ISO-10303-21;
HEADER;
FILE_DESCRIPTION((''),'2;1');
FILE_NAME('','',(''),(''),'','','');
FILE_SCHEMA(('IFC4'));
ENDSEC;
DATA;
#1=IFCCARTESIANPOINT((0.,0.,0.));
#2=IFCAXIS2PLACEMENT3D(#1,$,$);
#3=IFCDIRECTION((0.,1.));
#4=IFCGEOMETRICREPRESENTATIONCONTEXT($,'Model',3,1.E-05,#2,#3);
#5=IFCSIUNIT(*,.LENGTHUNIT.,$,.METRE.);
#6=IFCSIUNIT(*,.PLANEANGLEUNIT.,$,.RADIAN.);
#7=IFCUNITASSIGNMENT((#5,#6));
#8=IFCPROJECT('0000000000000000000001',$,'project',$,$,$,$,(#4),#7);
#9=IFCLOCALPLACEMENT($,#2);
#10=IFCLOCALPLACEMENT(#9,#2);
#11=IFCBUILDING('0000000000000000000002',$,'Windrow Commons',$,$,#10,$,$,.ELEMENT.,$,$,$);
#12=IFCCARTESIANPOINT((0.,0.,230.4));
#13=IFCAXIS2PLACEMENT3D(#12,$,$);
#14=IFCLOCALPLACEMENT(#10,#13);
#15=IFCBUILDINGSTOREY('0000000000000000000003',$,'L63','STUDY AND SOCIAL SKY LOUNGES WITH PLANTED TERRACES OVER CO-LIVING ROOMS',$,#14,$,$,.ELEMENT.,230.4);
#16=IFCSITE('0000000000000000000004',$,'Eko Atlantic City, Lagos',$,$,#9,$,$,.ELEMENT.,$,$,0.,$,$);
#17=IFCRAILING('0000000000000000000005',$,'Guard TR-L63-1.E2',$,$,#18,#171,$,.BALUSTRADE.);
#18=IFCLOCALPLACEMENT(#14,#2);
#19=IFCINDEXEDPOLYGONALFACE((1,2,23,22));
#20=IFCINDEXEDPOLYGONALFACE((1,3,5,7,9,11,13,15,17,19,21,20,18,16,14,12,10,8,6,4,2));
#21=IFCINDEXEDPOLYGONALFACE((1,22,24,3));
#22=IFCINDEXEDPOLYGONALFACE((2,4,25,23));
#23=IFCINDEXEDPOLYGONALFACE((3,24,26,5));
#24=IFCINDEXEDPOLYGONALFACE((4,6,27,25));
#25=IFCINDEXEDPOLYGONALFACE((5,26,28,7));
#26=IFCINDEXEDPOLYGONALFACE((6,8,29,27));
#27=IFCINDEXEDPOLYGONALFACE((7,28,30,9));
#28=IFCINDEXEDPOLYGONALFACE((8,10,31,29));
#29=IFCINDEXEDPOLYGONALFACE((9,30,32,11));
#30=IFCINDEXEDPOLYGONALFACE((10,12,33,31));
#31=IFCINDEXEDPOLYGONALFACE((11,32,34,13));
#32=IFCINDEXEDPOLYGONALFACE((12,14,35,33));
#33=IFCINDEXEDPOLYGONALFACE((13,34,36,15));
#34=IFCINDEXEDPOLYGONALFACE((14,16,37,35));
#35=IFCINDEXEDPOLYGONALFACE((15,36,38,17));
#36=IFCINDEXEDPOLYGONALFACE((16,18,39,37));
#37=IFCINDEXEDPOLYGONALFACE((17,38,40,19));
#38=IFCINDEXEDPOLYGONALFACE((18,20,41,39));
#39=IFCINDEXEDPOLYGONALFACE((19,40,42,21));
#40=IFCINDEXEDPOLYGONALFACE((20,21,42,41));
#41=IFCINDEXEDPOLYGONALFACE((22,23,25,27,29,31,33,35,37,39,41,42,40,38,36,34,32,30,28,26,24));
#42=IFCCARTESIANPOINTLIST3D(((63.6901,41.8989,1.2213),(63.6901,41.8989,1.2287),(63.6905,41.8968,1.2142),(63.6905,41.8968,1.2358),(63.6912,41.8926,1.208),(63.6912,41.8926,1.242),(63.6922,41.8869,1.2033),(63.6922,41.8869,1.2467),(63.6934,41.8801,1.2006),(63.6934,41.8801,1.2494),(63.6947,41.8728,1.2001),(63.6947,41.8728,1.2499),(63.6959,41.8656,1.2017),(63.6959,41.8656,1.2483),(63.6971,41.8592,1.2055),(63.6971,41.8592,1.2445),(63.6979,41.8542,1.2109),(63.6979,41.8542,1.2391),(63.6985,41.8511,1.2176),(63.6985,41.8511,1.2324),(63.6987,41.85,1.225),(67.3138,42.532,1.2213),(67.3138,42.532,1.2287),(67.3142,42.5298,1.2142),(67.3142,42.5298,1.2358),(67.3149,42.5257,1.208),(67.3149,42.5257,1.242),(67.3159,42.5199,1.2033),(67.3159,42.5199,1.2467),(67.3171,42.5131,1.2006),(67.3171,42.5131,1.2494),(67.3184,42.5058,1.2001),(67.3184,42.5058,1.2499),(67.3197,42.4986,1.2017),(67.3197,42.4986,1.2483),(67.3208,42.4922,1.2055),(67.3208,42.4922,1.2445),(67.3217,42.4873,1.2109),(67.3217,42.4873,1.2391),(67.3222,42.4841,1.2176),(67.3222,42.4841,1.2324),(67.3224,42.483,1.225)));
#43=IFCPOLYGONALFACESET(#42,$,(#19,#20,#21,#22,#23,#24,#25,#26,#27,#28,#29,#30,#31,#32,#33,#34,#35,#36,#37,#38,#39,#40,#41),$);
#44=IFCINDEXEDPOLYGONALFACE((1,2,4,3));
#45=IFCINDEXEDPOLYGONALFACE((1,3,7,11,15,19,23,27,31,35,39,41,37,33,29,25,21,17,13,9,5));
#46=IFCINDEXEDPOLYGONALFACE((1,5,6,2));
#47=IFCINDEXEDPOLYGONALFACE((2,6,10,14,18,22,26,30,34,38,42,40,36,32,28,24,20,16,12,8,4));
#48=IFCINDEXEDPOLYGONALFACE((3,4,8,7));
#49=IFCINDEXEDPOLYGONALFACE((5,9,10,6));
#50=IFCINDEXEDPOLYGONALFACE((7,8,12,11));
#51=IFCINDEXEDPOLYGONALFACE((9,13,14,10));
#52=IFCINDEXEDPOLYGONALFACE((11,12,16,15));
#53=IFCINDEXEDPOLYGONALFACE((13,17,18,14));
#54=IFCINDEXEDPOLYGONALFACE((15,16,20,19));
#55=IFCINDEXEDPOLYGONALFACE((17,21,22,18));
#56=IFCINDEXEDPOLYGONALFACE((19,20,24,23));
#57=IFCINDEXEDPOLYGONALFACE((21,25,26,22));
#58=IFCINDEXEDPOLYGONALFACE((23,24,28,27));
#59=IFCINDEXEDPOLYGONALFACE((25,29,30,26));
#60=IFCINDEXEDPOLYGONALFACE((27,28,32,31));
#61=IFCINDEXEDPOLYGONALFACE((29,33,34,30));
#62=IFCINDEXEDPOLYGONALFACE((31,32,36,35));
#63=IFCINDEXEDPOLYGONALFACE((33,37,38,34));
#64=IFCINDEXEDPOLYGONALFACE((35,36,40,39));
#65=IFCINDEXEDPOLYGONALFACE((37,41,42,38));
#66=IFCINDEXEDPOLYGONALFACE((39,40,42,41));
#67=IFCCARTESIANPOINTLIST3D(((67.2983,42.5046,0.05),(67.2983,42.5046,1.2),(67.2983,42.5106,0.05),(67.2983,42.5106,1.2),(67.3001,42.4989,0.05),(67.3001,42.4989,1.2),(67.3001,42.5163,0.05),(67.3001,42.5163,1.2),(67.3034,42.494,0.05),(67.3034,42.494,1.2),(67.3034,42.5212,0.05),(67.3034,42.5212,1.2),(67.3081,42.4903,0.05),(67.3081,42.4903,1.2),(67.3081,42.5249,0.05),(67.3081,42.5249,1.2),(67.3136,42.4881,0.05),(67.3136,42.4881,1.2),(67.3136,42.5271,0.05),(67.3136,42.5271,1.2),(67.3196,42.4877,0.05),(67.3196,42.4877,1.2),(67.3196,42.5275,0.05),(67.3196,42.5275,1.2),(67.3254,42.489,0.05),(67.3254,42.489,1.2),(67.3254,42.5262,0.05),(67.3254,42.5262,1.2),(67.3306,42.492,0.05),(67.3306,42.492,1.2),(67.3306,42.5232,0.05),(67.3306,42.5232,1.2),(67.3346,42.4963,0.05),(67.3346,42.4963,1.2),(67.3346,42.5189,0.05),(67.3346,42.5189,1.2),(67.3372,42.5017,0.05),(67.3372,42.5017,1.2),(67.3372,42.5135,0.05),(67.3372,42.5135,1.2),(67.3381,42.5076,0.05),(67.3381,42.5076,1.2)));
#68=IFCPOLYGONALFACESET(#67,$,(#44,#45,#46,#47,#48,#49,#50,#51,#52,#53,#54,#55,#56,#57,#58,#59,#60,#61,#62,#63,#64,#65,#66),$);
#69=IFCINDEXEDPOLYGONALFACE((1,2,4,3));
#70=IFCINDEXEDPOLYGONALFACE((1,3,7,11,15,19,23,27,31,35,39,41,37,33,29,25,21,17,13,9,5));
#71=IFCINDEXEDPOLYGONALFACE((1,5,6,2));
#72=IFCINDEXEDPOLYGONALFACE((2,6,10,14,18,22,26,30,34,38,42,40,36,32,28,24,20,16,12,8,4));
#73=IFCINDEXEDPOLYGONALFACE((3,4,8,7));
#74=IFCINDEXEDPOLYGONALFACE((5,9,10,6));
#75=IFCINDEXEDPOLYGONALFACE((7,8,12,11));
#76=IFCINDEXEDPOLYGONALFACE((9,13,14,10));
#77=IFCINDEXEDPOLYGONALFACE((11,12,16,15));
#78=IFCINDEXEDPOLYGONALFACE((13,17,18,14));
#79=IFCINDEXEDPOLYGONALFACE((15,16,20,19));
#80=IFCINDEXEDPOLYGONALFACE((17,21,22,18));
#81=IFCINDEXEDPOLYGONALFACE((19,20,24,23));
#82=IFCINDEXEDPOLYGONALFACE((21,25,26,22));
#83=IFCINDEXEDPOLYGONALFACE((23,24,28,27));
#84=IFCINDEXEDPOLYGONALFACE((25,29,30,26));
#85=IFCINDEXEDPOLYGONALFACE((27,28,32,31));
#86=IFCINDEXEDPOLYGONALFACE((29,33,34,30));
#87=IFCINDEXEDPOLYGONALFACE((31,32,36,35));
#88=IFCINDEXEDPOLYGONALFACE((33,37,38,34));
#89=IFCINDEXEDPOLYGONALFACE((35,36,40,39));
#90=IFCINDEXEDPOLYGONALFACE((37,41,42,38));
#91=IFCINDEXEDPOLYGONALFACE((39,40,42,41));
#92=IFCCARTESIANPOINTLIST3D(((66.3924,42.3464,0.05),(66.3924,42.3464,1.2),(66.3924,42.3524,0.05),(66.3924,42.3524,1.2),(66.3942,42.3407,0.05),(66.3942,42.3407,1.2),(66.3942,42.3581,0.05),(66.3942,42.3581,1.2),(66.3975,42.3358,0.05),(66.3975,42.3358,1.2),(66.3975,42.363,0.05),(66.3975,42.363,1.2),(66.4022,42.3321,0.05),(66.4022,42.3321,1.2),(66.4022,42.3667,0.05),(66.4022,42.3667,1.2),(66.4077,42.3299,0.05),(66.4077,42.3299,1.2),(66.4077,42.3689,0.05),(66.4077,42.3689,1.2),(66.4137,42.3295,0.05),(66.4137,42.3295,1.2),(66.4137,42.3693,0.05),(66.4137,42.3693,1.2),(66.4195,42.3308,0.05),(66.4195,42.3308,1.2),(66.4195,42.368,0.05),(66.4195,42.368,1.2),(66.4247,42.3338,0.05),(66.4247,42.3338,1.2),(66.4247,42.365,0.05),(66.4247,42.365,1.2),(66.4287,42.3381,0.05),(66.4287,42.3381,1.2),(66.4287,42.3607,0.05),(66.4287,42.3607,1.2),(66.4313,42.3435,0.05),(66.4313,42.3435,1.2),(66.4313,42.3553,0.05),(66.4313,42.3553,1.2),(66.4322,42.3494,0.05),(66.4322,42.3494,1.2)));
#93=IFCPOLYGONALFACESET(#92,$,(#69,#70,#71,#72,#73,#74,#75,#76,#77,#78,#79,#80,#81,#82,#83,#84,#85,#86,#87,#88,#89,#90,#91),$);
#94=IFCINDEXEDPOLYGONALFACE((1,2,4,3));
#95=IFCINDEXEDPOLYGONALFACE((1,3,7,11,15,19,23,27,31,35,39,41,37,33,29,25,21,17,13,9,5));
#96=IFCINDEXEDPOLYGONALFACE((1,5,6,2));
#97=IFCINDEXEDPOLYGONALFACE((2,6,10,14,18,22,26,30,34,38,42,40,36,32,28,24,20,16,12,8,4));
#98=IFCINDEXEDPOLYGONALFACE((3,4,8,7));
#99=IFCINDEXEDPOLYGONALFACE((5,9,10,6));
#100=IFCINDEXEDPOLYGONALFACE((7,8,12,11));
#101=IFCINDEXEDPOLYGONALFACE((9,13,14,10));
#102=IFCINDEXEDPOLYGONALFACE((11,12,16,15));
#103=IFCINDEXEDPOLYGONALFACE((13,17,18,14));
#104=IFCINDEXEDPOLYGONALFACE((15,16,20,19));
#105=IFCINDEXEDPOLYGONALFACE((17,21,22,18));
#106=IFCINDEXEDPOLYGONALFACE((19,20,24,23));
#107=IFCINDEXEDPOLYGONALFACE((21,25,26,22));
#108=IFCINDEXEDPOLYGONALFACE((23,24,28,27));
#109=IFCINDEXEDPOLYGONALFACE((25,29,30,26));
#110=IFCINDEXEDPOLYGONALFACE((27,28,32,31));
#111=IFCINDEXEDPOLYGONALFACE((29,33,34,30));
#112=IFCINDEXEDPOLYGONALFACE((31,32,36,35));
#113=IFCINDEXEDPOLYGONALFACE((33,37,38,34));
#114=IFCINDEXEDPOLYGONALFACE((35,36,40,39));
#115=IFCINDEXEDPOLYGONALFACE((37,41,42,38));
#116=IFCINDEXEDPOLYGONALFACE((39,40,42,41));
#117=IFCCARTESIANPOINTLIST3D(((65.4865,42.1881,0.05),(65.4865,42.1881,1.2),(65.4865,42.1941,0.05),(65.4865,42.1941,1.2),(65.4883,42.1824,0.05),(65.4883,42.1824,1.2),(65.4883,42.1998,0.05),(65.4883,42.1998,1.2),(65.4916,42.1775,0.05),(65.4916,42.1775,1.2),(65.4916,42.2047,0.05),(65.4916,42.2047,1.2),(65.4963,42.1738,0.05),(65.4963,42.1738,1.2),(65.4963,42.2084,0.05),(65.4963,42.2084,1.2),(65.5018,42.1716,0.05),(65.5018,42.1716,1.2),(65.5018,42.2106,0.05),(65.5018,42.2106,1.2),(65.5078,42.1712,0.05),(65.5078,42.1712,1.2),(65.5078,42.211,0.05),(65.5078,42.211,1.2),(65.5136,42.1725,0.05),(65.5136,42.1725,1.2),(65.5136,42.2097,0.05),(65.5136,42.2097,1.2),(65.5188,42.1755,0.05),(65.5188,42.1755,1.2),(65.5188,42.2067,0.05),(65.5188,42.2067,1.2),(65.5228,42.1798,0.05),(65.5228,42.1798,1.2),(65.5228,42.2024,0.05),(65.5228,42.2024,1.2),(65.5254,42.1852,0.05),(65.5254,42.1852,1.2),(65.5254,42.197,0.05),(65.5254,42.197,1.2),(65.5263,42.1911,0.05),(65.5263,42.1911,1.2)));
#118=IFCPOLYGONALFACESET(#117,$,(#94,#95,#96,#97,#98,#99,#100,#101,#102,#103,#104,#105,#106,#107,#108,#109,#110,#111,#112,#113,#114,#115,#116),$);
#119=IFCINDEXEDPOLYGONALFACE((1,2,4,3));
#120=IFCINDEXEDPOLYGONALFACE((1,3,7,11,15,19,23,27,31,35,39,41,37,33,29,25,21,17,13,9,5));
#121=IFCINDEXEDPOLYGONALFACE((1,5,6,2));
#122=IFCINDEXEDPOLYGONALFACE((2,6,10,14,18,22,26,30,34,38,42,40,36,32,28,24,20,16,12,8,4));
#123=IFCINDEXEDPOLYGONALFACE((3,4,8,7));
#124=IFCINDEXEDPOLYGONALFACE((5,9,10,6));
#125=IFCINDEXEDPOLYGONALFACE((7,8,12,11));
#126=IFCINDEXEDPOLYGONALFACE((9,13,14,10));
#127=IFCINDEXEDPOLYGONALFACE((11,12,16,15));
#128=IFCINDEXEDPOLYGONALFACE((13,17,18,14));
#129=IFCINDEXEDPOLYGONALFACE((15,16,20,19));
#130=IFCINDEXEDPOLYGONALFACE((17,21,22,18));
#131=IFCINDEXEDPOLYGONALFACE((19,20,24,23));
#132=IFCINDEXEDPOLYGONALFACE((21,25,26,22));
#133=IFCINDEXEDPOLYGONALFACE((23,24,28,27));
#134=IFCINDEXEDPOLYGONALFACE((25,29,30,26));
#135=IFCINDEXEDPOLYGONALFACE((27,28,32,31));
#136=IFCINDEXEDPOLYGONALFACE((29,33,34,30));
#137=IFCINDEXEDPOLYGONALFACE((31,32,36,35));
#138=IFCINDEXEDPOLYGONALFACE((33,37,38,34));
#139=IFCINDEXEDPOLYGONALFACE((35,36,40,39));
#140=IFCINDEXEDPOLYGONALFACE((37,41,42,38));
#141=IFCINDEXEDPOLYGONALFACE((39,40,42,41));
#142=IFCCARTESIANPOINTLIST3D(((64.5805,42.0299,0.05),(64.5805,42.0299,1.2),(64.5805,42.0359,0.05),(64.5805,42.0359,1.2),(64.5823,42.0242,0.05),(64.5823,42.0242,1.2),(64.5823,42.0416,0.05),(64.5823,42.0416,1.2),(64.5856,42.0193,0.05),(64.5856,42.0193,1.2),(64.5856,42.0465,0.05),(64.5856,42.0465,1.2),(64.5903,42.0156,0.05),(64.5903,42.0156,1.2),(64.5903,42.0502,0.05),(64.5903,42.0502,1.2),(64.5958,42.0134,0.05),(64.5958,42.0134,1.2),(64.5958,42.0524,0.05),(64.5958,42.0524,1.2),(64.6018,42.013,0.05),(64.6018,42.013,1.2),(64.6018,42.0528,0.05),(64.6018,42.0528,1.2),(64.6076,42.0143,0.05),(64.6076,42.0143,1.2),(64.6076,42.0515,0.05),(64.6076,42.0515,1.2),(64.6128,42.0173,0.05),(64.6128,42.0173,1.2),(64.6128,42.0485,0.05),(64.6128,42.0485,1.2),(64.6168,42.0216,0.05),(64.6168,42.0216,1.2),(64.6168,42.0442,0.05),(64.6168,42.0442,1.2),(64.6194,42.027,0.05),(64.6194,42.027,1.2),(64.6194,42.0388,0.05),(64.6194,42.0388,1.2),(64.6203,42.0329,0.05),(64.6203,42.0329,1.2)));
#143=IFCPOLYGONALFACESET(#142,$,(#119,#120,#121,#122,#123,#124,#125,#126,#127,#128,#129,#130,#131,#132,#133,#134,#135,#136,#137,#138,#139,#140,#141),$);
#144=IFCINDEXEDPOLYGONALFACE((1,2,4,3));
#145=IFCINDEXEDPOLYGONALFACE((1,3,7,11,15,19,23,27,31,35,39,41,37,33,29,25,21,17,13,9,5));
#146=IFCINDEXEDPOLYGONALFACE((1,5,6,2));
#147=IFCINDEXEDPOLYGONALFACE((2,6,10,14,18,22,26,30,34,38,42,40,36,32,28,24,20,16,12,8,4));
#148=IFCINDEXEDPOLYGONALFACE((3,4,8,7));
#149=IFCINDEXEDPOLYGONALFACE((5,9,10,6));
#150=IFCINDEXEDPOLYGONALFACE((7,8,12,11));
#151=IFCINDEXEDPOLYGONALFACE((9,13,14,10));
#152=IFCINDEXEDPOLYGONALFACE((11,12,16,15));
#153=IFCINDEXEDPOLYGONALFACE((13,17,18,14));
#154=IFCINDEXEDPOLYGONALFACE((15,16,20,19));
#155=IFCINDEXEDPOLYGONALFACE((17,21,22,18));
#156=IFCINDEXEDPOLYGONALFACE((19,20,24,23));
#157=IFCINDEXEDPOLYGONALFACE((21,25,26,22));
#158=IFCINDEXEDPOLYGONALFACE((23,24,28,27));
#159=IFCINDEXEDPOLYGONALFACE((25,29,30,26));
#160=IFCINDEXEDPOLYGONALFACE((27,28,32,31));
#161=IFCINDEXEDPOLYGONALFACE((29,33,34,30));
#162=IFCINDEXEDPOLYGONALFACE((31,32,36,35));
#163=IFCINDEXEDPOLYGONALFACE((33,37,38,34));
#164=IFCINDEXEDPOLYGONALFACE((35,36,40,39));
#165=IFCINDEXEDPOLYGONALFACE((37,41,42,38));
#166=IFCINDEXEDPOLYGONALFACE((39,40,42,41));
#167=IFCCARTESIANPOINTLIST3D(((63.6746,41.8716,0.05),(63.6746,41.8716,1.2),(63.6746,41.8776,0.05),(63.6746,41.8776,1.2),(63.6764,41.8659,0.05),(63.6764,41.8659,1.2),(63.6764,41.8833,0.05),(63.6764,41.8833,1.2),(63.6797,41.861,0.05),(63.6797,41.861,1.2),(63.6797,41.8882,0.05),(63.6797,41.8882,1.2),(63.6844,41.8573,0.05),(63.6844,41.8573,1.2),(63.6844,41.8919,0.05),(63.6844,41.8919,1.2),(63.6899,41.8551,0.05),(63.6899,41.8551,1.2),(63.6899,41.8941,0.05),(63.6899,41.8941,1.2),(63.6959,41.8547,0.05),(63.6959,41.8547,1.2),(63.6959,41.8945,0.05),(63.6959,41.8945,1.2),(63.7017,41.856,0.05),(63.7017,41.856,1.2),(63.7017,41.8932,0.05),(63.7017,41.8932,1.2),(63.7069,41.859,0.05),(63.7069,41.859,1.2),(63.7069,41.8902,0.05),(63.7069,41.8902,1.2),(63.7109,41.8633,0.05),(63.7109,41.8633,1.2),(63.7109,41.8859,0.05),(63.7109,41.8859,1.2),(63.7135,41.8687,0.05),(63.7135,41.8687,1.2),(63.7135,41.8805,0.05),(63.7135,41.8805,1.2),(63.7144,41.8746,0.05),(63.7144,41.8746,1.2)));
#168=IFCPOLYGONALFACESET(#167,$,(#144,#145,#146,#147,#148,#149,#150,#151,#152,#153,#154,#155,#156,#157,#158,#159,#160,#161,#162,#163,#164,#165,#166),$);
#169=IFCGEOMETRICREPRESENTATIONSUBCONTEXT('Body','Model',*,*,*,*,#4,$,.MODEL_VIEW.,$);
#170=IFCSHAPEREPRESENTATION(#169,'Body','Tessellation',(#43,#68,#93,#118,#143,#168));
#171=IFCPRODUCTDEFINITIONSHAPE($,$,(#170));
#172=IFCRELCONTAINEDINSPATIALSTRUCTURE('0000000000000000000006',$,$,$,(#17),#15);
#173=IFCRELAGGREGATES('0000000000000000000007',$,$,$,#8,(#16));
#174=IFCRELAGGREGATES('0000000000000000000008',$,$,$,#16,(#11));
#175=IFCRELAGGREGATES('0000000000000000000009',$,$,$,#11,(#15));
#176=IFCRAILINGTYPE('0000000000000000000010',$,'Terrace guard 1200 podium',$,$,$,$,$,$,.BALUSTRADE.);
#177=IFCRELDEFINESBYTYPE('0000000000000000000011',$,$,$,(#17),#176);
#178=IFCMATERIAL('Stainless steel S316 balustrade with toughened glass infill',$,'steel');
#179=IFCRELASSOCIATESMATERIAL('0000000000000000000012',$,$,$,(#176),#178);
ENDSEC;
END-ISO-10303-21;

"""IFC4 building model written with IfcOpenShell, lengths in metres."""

from ifc_helpers import new_model, si_unit, direction, frame, origin, origin_2d, place, context, subcontext, project, spatial, circle, extrude, material, type_object, element, save


model = new_model("IFC4")

# Units and contexts
model_context = context("Model", 3, precision=1e-05, world=origin(), true_north=direction((0.0, 1.0)))
body_context = subcontext(model_context, "Body", "Model", "MODEL_VIEW")
ifc_project = project(units=[si_unit("LENGTHUNIT", "METRE"), si_unit("PLANEANGLEUNIT", "RADIAN")], contexts=[model_context])

# Site, building, storey
site_placement = place(None, origin())
site = spatial("IfcSite", under=ifc_project, at=site_placement, Name="Eko Atlantic City, Lagos", CompositionType="ELEMENT", RefElevation=0.0)
building_placement = place(site_placement, origin())
building = spatial("IfcBuilding", under=site, at=building_placement, Name="Windrow Commons", CompositionType="ELEMENT")
storey_placement = place(building_placement, frame((0.0, 0.0, 230.4)))
storey = spatial("IfcBuildingStorey", under=building, at=storey_placement, Name="L63", Description="STUDY AND SOCIAL SKY LOUNGES WITH PLANTED TERRACES OVER CO-LIVING ROOMS", CompositionType="ELEMENT", Elevation=230.4)

# Railing
ifc_material_1 = material(Name="Stainless steel S316 balustrade with toughened glass infill", Category="steel")
railing_type = type_object("IfcRailingType", Name="Terrace guard 1200 podium", PredefinedType="BALUSTRADE", material=ifc_material_1)
railing_1_placement = place(storey_placement, frame((67.3181, 42.5076, 0.05)))
element("IfcRailing", 1, at=railing_1_placement, inside=storey, type_object=railing_type, Name="Guard TR-L63-1.E2", PredefinedType="BALUSTRADE", context=body_context, shape_type="SweptSolid", body=[
    extrude(circle(Radius=0.025, at=origin_2d()), frame((0.0, 0.0, 1.175), z_axis=(-0.985083, -0.172078, 0.0), x_axis=(0.172078, -0.985083, 0.0)), (0.0, 0.0, 1.0), 3.6786),
    extrude(circle(Radius=0.02, at=origin_2d()), origin(), (0.0, 0.0, 1.0), 1.15),
    extrude(circle(Radius=0.02, at=origin_2d()), frame((-0.9059, -0.1582, 0.0)), (0.0, 0.0, 1.0), 1.15),
    extrude(circle(Radius=0.02, at=origin_2d()), frame((-1.8118, -0.3165, 0.0)), (0.0, 0.0, 1.0), 1.15),
    extrude(circle(Radius=0.02, at=origin_2d()), frame((-2.7178, -0.4747, 0.0)), (0.0, 0.0, 1.0), 1.15),
    extrude(circle(Radius=0.02, at=origin_2d()), frame((-3.6237, -0.633, 0.0)), (0.0, 0.0, 1.0), 1.15),
])

save(model, "model.ifc")
